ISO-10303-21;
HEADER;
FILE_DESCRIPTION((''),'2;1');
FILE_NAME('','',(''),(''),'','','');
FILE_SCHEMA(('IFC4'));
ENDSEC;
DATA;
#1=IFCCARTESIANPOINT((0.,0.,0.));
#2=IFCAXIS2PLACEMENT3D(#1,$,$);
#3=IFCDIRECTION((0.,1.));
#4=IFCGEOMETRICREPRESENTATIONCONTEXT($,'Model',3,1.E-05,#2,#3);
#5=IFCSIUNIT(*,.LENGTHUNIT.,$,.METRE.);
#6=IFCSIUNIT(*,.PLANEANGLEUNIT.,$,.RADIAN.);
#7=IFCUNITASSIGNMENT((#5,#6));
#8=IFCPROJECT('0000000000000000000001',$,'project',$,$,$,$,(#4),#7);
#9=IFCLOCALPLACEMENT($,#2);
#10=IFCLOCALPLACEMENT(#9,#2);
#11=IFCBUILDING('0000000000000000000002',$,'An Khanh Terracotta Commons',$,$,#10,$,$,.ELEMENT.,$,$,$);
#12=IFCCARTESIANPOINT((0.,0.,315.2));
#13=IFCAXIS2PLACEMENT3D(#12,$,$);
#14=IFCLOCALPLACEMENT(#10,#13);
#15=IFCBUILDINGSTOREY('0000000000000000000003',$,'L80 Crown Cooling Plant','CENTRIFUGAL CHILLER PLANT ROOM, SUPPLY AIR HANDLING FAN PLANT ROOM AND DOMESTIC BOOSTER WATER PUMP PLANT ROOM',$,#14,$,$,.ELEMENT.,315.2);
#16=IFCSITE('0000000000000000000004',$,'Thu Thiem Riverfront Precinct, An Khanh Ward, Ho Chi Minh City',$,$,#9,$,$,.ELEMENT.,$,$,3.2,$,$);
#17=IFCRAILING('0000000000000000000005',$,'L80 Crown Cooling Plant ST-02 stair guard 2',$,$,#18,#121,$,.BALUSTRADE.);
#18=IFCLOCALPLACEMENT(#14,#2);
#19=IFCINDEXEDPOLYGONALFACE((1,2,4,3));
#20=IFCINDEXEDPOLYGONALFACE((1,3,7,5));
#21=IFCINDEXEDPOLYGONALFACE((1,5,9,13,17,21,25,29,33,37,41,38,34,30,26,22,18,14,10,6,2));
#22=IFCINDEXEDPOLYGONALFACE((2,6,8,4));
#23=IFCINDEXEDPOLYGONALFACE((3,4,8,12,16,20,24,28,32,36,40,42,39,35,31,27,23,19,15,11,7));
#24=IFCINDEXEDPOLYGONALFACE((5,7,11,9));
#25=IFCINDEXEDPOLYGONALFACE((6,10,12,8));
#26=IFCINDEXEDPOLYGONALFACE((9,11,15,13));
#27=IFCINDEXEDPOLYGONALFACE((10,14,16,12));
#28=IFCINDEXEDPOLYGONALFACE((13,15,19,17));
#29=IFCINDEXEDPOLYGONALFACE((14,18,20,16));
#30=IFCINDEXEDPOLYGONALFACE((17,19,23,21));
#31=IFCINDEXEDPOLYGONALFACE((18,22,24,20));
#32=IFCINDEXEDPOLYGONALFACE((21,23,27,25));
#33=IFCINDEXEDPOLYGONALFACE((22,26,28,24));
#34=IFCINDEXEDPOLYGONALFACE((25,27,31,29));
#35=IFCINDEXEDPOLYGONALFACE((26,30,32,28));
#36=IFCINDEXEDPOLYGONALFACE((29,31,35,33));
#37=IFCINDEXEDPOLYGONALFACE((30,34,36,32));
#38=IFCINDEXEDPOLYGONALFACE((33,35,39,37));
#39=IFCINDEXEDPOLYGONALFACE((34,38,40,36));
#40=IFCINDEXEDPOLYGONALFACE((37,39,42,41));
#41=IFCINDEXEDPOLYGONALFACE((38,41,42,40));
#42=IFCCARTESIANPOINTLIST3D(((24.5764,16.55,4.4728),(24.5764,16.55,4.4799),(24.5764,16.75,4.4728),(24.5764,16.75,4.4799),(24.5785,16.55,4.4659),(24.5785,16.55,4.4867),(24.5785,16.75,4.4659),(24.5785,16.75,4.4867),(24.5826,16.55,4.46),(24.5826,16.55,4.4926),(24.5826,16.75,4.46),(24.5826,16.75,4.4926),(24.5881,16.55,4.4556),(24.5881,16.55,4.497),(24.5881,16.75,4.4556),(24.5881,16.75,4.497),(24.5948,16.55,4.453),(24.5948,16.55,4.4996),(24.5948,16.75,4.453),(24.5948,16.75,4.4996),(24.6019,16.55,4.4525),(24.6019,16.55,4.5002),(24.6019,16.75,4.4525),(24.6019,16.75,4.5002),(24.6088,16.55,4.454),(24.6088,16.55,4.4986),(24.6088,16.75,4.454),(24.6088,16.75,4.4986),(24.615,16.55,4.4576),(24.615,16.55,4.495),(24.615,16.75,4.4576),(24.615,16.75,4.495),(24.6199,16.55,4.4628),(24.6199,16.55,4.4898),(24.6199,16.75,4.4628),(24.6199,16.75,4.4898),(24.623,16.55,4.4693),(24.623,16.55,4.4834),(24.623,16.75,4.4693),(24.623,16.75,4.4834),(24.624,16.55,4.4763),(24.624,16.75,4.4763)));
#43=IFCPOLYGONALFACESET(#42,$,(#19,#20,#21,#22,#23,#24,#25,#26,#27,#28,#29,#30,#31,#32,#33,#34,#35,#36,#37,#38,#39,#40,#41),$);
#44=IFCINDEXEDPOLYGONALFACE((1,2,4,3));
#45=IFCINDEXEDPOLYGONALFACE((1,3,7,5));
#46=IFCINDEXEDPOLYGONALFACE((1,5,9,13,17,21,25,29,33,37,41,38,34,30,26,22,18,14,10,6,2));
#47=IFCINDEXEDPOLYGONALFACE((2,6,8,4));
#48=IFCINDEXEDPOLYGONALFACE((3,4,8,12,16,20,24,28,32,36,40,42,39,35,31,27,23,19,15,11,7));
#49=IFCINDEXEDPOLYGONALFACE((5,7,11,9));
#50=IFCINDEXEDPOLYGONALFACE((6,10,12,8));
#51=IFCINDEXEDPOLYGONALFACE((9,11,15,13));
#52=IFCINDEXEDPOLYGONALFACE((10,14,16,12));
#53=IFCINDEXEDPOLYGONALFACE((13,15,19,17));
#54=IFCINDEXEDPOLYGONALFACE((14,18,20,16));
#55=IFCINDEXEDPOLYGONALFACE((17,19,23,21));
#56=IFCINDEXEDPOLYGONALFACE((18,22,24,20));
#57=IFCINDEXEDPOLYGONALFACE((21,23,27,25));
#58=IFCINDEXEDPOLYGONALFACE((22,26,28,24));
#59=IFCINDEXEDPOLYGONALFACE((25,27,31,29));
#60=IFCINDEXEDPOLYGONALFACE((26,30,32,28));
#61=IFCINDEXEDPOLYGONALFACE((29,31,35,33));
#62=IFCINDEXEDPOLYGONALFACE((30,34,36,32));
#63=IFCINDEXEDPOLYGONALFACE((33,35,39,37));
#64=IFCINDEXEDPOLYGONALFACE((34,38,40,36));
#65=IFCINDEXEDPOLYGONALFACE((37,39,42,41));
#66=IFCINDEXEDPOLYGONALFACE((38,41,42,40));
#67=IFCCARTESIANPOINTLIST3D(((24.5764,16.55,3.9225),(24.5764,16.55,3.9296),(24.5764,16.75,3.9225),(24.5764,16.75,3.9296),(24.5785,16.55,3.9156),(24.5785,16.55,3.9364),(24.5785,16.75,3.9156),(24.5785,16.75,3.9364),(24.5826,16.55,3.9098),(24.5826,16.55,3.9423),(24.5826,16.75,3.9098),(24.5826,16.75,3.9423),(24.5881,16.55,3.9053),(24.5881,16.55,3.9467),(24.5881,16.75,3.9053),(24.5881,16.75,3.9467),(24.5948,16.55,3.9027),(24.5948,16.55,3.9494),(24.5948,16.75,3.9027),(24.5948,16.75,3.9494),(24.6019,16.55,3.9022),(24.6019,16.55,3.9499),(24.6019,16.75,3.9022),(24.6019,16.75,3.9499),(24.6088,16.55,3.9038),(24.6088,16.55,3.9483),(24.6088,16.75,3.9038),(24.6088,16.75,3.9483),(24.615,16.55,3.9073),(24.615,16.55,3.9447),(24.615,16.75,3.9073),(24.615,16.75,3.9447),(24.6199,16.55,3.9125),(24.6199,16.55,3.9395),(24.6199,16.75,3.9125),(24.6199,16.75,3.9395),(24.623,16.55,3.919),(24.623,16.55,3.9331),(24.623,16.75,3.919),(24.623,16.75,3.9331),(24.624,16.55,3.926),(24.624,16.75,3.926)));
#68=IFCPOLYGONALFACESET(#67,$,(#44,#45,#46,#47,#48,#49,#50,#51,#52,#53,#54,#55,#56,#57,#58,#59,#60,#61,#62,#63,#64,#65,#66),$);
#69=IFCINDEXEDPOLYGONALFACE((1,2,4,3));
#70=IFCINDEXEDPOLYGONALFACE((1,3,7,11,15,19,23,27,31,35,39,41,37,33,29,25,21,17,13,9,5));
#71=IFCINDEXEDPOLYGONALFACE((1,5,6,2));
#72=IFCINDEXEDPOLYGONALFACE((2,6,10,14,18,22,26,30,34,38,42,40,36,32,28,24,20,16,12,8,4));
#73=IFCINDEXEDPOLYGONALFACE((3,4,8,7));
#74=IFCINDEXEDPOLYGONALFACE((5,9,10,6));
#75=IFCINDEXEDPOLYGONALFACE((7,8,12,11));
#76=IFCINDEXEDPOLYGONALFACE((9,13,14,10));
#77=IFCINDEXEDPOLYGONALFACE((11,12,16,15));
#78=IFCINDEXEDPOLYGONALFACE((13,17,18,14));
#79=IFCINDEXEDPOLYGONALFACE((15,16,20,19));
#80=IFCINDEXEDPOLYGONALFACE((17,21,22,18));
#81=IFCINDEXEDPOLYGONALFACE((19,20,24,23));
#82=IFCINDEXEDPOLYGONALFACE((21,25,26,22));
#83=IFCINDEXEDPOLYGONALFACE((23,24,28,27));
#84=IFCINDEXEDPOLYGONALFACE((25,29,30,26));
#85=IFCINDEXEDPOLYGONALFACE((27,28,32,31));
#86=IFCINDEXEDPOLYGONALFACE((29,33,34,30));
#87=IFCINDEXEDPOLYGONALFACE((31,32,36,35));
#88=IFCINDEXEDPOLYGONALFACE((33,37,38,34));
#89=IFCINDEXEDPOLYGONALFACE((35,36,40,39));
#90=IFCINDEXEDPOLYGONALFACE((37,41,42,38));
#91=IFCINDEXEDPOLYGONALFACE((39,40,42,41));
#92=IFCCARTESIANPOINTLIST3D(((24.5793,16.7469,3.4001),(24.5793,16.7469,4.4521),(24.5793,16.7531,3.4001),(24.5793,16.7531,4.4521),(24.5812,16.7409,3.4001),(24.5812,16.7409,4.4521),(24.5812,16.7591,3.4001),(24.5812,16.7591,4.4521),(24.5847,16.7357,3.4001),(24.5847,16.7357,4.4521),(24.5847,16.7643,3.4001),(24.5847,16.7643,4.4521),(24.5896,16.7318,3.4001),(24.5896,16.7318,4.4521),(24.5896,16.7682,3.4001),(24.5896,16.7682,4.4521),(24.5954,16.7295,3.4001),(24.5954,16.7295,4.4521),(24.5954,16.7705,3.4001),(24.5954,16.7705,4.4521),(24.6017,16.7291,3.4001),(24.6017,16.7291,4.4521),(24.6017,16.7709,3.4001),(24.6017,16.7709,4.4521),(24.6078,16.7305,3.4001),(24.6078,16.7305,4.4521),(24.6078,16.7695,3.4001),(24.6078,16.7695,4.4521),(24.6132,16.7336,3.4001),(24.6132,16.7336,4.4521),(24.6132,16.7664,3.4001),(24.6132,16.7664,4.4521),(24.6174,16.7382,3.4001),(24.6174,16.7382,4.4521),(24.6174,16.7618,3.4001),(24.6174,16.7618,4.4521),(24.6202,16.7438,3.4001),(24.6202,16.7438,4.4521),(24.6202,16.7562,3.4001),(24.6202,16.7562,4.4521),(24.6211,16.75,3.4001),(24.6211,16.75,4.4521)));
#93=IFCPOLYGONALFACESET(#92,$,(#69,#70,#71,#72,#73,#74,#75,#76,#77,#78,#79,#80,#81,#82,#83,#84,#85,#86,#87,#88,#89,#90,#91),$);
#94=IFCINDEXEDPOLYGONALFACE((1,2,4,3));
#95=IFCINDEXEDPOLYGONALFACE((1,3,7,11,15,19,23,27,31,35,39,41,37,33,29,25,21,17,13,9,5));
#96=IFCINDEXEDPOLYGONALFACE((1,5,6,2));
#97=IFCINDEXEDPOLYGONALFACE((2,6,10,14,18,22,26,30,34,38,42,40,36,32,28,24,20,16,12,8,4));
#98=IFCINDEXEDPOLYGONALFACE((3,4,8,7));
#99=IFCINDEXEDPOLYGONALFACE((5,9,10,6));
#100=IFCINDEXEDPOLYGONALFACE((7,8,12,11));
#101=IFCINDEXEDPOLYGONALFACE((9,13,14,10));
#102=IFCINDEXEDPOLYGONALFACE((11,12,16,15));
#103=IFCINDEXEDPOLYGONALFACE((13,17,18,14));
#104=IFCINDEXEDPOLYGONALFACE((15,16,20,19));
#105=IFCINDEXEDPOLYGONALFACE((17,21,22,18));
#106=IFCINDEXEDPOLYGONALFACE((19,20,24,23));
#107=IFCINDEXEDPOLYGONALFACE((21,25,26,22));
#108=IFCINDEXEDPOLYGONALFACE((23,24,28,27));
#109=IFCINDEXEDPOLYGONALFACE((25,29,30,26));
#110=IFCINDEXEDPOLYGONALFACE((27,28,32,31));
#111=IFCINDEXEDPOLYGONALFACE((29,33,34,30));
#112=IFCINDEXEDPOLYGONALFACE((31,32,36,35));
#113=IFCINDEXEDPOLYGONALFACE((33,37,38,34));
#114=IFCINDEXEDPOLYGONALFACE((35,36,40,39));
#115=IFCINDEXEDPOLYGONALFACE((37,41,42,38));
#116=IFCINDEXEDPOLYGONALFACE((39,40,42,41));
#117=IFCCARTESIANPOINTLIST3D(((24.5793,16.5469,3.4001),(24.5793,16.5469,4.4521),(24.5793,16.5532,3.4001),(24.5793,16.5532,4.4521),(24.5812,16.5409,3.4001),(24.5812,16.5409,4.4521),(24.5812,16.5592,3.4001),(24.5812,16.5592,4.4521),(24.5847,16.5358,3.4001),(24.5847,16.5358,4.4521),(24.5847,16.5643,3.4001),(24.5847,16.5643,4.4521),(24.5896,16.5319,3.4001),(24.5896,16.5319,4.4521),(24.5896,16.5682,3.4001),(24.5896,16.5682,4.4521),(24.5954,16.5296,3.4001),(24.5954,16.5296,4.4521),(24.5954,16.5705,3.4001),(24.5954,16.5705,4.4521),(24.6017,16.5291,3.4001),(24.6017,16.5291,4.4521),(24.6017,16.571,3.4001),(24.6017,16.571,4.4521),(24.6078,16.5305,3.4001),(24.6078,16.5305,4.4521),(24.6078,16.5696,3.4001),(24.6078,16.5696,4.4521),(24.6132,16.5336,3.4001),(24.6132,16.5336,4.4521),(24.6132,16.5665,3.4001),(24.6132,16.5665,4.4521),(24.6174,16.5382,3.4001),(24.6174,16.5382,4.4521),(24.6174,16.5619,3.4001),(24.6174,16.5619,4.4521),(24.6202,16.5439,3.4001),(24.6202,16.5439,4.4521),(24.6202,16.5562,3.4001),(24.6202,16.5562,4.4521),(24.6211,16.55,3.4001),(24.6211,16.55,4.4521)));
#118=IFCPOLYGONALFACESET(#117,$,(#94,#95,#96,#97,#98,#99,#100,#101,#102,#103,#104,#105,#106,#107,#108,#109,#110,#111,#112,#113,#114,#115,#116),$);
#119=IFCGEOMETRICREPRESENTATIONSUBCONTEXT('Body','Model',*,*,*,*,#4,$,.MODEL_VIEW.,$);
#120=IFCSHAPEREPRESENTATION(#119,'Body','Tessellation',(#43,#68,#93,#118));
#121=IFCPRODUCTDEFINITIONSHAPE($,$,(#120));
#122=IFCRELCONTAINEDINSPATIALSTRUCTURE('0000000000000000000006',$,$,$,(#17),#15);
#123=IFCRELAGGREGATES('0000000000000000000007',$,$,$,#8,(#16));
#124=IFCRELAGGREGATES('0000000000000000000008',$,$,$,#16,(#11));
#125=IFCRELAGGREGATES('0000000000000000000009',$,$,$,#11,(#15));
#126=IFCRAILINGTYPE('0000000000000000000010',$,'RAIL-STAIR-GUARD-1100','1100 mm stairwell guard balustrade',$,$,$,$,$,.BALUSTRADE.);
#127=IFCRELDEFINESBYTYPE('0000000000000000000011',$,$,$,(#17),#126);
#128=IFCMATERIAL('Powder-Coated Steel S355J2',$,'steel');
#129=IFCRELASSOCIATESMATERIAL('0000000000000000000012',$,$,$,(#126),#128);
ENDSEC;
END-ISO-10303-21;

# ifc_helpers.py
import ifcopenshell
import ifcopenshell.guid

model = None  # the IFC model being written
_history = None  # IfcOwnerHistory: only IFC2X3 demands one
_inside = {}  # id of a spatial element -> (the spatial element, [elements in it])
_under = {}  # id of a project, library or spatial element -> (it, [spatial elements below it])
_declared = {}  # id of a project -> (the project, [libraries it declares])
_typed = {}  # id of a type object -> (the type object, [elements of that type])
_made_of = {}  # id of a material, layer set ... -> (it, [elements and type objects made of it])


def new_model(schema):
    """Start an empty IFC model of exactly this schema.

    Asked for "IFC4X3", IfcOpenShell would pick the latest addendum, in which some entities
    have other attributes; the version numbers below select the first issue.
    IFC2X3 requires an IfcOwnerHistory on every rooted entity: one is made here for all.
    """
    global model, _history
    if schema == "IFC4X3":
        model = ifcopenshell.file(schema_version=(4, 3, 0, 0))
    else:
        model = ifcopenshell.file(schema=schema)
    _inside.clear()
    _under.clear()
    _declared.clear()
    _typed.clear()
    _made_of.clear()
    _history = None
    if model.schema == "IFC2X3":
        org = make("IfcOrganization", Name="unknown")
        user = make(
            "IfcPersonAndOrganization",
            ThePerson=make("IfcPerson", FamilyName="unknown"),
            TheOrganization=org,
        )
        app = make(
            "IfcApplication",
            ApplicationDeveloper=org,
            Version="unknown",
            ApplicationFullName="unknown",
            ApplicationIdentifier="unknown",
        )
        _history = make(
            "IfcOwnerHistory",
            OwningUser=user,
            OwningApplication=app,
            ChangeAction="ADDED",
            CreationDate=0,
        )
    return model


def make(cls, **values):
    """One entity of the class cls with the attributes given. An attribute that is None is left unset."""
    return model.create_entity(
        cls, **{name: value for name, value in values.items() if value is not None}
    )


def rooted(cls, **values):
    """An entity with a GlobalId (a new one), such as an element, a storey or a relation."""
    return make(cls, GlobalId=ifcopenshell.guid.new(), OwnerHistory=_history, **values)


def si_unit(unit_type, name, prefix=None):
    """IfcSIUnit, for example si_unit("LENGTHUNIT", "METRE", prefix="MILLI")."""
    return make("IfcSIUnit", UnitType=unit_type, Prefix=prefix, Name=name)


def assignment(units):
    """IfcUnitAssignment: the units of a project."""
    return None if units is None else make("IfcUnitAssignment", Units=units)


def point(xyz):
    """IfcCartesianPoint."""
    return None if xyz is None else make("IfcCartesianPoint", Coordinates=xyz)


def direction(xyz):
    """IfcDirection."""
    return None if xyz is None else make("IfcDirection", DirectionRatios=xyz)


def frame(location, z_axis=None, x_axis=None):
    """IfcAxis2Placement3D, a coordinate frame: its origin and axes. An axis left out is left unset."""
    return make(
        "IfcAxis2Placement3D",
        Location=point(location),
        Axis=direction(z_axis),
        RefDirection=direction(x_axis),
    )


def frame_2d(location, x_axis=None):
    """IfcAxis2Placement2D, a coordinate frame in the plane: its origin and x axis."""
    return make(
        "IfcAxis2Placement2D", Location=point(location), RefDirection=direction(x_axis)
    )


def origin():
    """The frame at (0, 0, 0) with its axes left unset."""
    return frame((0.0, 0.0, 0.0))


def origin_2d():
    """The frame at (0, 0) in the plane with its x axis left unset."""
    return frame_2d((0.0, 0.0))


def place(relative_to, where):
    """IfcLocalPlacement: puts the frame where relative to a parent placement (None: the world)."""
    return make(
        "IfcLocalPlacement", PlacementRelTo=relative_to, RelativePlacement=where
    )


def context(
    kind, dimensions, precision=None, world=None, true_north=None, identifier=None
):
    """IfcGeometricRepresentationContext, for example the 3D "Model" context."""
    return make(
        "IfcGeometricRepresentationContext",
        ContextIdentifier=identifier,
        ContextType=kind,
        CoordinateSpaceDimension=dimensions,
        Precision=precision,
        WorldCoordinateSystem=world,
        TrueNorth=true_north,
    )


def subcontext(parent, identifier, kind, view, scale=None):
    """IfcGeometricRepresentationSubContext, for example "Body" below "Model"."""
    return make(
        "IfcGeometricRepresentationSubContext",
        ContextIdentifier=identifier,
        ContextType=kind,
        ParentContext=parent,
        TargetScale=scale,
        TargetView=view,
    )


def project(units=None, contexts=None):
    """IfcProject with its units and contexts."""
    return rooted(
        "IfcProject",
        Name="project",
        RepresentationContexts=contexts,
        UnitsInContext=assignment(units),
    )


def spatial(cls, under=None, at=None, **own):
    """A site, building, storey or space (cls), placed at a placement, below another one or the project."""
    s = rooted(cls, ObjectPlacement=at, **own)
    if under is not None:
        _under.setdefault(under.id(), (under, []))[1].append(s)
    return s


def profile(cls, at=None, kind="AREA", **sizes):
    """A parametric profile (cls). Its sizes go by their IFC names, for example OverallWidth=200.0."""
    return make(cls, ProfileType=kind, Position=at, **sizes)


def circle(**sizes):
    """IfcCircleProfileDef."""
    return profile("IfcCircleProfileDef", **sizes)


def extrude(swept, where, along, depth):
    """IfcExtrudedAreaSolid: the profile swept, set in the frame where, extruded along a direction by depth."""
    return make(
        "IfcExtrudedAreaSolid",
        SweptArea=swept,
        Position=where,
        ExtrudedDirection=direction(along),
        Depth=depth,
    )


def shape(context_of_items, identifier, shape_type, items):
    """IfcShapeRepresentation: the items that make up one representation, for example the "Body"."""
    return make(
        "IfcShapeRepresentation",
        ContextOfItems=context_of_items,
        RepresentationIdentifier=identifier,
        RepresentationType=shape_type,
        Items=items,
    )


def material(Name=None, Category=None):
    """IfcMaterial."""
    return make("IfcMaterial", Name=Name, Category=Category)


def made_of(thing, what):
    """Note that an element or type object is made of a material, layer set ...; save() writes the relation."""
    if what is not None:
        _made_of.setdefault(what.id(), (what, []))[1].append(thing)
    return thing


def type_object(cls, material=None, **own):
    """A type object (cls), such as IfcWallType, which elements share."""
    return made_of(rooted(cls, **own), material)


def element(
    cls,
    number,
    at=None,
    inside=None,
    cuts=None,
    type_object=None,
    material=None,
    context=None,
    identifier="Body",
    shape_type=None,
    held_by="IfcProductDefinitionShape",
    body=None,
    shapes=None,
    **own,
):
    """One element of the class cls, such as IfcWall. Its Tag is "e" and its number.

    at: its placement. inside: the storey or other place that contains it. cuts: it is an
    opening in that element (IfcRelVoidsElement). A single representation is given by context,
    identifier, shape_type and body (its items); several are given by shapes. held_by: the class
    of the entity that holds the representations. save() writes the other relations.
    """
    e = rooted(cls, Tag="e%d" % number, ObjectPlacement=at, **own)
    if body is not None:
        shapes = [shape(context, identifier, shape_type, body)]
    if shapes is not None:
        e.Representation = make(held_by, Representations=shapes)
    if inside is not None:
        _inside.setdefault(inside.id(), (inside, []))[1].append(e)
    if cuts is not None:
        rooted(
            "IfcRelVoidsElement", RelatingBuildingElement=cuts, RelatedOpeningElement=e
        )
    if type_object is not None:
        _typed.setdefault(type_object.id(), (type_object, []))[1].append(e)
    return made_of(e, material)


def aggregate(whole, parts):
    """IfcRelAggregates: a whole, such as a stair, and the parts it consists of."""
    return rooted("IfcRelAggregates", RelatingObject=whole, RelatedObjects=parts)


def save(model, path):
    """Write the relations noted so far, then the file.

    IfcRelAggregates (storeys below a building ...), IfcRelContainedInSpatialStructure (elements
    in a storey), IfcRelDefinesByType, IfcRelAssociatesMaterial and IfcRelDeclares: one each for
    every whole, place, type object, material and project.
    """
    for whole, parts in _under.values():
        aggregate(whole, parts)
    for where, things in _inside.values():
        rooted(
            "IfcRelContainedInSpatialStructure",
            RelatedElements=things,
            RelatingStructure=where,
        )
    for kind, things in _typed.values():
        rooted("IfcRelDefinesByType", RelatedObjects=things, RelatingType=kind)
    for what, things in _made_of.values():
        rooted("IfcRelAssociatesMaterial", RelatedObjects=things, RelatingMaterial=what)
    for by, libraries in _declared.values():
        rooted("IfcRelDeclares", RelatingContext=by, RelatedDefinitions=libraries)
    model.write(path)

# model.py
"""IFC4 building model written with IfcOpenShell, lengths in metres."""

from ifc_helpers import new_model, si_unit, direction, frame, origin, origin_2d, place, context, subcontext, project, spatial, circle, extrude, material, type_object, element, save


model = new_model("IFC4")

# Units and contexts
model_context = context("Model", 3, precision=1e-05, world=origin(), true_north=direction((0.0, 1.0)))
body_context = subcontext(model_context, "Body", "Model", "MODEL_VIEW")
ifc_project = project(units=[si_unit("LENGTHUNIT", "METRE"), si_unit("PLANEANGLEUNIT", "RADIAN")], contexts=[model_context])

# Site, building, storey
site_placement = place(None, origin())
site = spatial("IfcSite", under=ifc_project, at=site_placement, Name="Thu Thiem Riverfront Precinct, An Khanh Ward, Ho Chi Minh City", CompositionType="ELEMENT", RefElevation=3.2)
building_placement = place(site_placement, origin())
building = spatial("IfcBuilding", under=site, at=building_placement, Name="An Khanh Terracotta Commons", CompositionType="ELEMENT")
storey_placement = place(building_placement, frame((0.0, 0.0, 315.2)))
storey = spatial("IfcBuildingStorey", under=building, at=storey_placement, Name="L80 Crown Cooling Plant", Description="CENTRIFUGAL CHILLER PLANT ROOM, SUPPLY AIR HANDLING FAN PLANT ROOM AND DOMESTIC BOOSTER WATER PUMP PLANT ROOM", CompositionType="ELEMENT", Elevation=315.2)

# Railing
ifc_material_1 = material(Name="Powder-Coated Steel S355J2", Category="steel")
railing_type_1 = type_object("IfcRailingType", Name="RAIL-STAIR-GUARD-1100", Description="1100 mm stairwell guard balustrade", PredefinedType="BALUSTRADE", material=ifc_material_1)
railing_1_placement = place(storey_placement, frame((24.6001, 16.75, 3.4001)))
element("IfcRailing", 1, at=railing_1_placement, inside=storey, type_object=railing_type_1, Name="L80 Crown Cooling Plant ST-02 stair guard 2", PredefinedType="BALUSTRADE", context=body_context, shape_type="SweptSolid", body=[
    extrude(circle(Radius=0.0239, at=origin_2d()), frame((0.0, 0.0, 1.0762), z_axis=(0.0, -1.0, 0.0), x_axis=(1.0, 0.0, 0.0)), (0.0, 0.0, 1.0), 0.2),
    extrude(circle(Radius=0.0239, at=origin_2d()), frame((0.0, 0.0, 0.5259), z_axis=(0.0, -1.0, 0.0), x_axis=(1.0, 0.0, 0.0)), (0.0, 0.0, 1.0), 0.2),
    extrude(circle(Radius=0.021, at=origin_2d()), origin(), (0.0, 0.0, 1.0), 1.052),
    extrude(circle(Radius=0.021, at=origin_2d()), frame((0.0, -0.2, 0.0)), (0.0, 0.0, 1.0), 1.052),
])

save(model, "model.ifc")
